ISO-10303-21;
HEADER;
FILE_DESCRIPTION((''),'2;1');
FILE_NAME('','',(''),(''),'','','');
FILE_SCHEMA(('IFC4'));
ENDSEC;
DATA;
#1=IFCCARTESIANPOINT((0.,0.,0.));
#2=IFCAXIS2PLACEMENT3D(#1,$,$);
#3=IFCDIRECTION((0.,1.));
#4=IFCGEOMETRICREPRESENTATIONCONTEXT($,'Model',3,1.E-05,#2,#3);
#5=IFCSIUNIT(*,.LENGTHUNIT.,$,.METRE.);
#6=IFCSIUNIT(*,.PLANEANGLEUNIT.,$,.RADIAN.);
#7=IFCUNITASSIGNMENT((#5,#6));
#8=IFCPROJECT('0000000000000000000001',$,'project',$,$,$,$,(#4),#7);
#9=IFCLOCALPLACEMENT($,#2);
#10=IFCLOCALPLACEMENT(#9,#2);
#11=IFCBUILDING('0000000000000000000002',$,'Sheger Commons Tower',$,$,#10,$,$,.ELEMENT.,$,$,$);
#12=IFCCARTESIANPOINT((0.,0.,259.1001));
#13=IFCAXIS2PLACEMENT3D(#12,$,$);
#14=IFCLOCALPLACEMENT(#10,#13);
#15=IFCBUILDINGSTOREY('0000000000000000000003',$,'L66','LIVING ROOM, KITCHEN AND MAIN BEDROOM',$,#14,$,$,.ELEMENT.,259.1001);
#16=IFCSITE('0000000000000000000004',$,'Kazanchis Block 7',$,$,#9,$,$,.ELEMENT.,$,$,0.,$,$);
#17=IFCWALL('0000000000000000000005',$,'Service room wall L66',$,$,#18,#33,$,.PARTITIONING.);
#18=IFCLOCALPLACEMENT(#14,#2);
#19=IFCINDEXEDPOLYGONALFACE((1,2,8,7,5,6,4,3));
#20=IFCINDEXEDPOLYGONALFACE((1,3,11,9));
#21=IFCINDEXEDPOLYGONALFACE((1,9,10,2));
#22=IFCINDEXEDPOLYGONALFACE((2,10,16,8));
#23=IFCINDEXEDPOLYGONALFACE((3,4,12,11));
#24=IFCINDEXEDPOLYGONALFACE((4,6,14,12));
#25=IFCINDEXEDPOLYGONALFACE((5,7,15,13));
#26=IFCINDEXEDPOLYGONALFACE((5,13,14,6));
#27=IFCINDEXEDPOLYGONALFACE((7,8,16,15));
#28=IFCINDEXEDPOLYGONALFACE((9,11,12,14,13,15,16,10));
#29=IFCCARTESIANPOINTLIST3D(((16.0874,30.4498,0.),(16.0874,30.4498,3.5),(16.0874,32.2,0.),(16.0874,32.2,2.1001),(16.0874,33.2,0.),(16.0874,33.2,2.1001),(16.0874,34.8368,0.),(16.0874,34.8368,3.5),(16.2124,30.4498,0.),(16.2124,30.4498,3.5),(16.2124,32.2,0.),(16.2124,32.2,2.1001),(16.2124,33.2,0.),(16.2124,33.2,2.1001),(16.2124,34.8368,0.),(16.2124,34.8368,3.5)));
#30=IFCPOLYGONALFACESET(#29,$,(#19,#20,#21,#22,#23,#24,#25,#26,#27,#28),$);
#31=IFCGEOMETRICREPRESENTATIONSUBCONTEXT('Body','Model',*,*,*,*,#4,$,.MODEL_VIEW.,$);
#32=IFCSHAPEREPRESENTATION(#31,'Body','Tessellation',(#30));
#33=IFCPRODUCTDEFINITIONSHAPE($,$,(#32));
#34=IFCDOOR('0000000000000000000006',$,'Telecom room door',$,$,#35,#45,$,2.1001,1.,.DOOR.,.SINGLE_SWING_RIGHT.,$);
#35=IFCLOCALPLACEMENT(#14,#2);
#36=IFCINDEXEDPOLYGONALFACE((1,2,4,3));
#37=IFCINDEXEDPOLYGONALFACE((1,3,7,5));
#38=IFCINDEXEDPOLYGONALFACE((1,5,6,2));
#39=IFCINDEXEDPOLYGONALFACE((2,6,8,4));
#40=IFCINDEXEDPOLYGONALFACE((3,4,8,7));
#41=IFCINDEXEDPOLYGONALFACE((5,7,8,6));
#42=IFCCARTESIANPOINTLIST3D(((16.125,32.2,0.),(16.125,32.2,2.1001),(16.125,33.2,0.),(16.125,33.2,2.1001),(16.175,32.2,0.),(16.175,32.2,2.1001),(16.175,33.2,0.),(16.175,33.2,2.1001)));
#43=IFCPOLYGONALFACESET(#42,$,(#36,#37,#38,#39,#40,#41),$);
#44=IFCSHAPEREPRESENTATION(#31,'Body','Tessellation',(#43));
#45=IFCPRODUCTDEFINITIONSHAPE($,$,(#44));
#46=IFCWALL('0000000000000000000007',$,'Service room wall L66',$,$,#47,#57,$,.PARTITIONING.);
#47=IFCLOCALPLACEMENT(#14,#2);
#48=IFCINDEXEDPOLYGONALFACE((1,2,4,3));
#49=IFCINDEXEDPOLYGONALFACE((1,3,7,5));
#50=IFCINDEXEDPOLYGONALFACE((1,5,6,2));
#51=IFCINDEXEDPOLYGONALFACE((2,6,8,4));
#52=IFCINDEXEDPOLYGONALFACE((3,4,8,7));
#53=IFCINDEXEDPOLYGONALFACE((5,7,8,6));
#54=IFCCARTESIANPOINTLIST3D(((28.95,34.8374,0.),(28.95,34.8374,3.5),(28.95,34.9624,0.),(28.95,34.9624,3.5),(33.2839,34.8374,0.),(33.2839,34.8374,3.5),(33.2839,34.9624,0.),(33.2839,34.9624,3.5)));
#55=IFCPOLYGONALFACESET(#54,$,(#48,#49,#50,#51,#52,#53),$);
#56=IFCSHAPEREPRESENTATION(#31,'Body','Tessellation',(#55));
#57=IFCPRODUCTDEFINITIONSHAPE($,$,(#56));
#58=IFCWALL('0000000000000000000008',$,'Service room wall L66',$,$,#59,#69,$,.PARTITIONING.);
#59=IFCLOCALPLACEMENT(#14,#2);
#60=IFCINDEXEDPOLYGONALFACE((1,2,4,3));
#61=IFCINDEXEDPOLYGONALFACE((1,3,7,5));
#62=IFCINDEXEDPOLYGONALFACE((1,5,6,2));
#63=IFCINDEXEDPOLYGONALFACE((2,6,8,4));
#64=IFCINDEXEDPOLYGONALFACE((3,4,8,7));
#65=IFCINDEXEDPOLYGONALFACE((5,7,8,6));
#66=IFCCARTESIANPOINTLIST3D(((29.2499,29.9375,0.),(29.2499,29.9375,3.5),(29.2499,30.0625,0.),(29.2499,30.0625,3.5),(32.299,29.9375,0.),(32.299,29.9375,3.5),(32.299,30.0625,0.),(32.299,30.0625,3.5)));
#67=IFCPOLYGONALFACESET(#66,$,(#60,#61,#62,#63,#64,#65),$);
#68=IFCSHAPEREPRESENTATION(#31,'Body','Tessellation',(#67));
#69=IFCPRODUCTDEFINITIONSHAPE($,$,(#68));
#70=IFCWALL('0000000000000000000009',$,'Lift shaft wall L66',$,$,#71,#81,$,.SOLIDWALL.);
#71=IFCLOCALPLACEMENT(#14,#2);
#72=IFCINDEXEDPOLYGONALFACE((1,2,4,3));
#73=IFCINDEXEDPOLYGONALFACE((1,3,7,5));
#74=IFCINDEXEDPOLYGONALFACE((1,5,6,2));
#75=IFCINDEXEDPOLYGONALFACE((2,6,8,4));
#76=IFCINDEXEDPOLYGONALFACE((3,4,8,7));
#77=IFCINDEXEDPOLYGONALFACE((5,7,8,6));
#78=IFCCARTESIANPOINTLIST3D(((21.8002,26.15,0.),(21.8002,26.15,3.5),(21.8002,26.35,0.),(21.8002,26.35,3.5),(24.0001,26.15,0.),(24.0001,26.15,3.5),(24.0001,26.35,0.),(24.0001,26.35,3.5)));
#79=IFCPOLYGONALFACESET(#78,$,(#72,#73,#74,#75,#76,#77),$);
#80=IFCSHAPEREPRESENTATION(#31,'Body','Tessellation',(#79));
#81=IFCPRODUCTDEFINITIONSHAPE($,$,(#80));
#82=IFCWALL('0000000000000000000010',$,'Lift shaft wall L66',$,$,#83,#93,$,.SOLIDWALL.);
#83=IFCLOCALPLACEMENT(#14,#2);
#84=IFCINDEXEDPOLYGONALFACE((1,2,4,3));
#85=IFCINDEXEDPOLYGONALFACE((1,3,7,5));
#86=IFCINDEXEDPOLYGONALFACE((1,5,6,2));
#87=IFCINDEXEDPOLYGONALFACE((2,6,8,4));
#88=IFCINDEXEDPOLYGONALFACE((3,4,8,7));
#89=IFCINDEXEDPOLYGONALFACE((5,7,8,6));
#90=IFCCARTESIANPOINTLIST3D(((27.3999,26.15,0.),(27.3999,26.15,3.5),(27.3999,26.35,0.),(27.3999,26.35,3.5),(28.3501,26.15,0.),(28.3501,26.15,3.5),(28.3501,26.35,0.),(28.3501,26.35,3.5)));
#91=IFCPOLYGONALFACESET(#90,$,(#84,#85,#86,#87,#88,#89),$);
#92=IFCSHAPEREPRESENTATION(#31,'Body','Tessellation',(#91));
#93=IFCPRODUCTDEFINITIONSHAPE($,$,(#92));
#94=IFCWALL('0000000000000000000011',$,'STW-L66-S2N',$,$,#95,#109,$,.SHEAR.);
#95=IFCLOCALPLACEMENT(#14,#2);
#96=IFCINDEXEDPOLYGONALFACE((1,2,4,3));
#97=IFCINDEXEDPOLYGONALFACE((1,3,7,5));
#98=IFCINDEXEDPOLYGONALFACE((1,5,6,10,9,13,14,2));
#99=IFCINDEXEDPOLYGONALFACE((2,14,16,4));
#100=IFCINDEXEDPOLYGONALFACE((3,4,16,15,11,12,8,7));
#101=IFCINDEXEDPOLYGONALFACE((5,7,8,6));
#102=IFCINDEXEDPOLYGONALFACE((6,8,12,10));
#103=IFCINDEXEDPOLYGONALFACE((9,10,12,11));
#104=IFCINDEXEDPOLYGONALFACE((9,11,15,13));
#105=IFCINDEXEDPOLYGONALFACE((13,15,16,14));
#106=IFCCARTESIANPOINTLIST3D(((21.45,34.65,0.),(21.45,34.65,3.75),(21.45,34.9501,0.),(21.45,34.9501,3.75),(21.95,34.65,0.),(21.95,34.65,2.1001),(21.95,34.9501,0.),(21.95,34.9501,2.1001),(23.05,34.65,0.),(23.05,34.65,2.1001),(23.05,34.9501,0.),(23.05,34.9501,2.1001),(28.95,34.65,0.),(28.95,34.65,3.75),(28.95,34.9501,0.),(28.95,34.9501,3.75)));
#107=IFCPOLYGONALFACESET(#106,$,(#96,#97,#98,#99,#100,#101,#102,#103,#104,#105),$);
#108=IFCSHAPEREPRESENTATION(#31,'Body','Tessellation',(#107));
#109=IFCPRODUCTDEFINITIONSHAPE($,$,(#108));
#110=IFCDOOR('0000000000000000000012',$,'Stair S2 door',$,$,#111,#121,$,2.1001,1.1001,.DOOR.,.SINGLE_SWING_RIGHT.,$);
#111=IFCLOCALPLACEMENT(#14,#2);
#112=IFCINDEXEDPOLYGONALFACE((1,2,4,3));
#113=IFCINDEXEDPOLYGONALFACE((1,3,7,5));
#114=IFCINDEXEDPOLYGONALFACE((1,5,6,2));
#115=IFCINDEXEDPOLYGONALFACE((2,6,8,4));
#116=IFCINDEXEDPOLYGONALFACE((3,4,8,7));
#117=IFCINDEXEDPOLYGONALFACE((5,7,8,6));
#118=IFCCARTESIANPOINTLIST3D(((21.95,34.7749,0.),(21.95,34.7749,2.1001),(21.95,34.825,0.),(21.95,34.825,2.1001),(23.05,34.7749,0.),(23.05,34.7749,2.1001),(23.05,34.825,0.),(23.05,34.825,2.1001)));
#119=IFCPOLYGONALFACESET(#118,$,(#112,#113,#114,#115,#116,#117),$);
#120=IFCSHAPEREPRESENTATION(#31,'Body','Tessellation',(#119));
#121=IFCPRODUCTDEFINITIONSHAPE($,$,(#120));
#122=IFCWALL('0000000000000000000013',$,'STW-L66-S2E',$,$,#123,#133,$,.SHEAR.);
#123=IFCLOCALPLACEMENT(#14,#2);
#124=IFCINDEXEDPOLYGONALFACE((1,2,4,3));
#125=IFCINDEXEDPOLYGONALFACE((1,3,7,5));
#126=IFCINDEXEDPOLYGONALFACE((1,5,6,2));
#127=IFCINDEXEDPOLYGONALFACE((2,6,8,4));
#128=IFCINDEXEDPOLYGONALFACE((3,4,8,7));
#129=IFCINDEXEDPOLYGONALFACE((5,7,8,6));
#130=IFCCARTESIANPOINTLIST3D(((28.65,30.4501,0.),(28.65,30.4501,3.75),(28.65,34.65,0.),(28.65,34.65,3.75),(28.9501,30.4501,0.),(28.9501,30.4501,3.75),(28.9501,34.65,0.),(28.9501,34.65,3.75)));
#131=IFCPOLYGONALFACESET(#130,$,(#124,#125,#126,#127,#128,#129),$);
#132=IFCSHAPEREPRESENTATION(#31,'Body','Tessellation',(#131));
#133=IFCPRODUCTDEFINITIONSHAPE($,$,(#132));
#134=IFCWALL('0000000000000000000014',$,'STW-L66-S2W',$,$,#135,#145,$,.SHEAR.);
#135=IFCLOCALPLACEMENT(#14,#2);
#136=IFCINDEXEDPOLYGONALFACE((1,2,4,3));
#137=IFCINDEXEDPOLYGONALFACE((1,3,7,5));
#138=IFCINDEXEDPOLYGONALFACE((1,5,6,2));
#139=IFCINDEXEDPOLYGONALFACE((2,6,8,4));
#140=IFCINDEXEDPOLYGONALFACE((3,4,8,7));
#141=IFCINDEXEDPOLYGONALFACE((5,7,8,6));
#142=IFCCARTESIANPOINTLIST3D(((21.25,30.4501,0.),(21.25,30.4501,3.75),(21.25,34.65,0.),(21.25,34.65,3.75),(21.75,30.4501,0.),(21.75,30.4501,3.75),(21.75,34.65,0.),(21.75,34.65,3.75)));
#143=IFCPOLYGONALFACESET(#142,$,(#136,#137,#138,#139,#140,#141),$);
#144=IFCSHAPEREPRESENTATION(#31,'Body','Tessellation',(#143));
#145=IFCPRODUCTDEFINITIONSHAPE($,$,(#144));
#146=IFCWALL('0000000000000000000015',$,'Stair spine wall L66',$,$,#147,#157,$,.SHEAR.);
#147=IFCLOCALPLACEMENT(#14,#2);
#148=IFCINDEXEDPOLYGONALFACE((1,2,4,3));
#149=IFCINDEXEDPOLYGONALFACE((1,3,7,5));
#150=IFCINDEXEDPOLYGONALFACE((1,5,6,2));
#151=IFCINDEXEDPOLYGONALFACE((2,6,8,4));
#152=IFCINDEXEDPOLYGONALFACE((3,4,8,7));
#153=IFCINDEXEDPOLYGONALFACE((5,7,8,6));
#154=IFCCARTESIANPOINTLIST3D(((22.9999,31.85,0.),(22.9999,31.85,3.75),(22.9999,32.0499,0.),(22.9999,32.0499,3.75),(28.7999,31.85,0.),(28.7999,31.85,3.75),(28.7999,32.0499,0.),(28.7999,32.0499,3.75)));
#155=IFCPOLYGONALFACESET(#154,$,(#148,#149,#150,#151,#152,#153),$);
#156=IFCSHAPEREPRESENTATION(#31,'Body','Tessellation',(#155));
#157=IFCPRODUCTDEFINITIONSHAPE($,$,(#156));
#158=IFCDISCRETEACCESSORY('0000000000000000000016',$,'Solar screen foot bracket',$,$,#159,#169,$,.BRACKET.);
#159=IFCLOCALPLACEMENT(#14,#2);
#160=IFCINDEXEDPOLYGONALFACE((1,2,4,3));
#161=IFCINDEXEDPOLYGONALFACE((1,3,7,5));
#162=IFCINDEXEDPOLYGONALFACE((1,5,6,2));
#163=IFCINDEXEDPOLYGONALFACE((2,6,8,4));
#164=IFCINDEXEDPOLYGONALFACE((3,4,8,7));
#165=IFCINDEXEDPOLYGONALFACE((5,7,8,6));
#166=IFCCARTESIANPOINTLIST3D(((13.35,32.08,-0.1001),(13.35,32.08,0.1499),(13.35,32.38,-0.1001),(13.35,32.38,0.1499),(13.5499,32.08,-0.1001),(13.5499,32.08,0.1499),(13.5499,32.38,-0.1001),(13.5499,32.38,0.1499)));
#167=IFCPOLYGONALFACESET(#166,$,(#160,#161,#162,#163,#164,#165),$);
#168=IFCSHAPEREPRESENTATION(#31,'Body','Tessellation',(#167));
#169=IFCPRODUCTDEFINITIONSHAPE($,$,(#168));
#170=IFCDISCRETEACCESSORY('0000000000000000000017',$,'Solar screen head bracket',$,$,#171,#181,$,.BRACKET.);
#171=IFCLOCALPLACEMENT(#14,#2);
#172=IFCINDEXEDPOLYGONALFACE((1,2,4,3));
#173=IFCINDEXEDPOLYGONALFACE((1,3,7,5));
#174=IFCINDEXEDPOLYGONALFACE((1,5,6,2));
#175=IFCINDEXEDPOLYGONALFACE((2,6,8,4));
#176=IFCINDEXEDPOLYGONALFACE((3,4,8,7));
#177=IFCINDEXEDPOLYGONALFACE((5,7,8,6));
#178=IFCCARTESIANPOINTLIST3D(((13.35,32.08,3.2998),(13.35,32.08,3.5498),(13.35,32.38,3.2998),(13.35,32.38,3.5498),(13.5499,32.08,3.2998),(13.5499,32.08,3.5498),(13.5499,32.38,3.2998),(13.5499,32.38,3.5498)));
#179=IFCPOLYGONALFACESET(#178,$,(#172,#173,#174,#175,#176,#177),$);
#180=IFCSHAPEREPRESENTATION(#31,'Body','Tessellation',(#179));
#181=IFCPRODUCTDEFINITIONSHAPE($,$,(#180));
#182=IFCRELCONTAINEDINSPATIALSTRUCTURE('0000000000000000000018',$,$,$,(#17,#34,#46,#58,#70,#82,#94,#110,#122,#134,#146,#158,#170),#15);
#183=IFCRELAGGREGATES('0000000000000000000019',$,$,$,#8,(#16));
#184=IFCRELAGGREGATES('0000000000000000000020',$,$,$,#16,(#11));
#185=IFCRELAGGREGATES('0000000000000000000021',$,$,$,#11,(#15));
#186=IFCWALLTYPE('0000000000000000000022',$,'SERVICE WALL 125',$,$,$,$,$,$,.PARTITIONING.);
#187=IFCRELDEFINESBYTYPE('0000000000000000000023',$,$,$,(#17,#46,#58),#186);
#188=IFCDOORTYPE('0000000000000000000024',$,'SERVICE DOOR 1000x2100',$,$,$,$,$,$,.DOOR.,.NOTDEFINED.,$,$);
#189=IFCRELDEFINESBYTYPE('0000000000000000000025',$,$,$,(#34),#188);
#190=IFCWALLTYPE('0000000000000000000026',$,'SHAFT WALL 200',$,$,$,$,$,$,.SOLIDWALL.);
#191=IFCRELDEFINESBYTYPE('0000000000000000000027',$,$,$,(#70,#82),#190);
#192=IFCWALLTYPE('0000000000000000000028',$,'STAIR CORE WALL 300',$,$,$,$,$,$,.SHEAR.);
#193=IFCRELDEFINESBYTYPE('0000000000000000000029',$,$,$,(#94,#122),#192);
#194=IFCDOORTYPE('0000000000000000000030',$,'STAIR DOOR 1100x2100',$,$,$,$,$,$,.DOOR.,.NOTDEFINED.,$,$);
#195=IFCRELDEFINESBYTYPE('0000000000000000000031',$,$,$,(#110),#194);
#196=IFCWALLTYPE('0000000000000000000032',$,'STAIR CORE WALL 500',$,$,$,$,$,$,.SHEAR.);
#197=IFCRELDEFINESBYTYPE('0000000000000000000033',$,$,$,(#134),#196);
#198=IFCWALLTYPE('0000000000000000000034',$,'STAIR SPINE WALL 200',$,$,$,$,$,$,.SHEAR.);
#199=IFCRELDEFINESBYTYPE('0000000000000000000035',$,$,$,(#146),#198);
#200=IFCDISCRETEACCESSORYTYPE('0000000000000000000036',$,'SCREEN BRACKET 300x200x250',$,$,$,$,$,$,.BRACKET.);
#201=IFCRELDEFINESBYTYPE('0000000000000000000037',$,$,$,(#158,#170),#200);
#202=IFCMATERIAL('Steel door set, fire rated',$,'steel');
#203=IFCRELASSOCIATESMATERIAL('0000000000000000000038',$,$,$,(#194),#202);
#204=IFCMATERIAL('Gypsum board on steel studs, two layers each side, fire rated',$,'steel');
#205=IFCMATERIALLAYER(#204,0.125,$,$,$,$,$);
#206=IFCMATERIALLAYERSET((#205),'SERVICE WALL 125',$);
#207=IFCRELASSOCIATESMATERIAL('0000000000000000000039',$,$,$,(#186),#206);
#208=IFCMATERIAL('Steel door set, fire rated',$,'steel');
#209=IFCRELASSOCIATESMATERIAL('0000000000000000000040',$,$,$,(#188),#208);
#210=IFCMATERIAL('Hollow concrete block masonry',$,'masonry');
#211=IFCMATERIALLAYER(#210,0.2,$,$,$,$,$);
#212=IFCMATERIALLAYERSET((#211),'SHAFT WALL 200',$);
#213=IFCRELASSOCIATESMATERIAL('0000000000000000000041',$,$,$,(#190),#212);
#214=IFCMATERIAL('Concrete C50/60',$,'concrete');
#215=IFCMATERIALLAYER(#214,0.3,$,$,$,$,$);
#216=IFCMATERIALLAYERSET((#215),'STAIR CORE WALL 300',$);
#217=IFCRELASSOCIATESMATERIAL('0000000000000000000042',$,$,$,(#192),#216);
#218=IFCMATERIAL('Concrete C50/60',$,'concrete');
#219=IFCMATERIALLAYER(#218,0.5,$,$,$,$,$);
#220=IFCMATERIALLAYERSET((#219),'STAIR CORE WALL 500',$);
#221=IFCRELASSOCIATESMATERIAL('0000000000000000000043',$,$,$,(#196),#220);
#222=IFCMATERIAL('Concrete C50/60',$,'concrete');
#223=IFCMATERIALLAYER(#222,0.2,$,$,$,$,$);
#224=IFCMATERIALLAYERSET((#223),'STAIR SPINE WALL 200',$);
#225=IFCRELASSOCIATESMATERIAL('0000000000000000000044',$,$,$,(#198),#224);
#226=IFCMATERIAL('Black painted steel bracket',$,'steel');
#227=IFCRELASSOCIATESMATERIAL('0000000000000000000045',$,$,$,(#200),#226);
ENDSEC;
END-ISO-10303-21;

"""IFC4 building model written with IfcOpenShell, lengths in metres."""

from ifc_helpers import new_model, si_unit, direction, frame, frame_2d, origin, origin_2d, place, context, subcontext, project, spatial, rectangle, extrude, material, layer, layer_set, type_object, element, fill, save


model = new_model("IFC4")

# Units and contexts
model_context = context("Model", 3, precision=1e-05, world=origin(), true_north=direction((0.0, 1.0)))
body_context = subcontext(model_context, "Body", "Model", "MODEL_VIEW")
ifc_project = project(units=[si_unit("LENGTHUNIT", "METRE"), si_unit("PLANEANGLEUNIT", "RADIAN")], contexts=[model_context])

# Site, building, storey
site_placement = place(None, origin())
site = spatial("IfcSite", under=ifc_project, at=site_placement, Name="Kazanchis Block 7", CompositionType="ELEMENT", RefElevation=0.0)
building_placement = place(site_placement, origin())
building = spatial("IfcBuilding", under=site, at=building_placement, Name="Sheger Commons Tower", CompositionType="ELEMENT")
storey_placement = place(building_placement, frame((0.0, 0.0, 259.1001)))
storey = spatial("IfcBuildingStorey", under=building, at=storey_placement, Name="L66", Description="LIVING ROOM, KITCHEN AND MAIN BEDROOM", CompositionType="ELEMENT", Elevation=259.1001)

# Shared definitions
ifc_material_1 = material(Name="Steel door set, fire rated", Category="steel")
door_type_1 = type_object("IfcDoorType", Name="STAIR DOOR 1100x2100", OperationType="NOTDEFINED", PredefinedType="DOOR", material=ifc_material_1)

# Wall, opening, door
ifc_material_2 = material(Name="Gypsum board on steel studs, two layers each side, fire rated", Category="steel")
ifc_layer_1 = layer(ifc_material_2, 0.125)
ifc_layer_set_1 = layer_set([ifc_layer_1], Name="SERVICE WALL 125")
wall_type_1 = type_object("IfcWallType", Name="SERVICE WALL 125", PredefinedType="PARTITIONING", material=ifc_layer_set_1)
wall_1_placement = place(storey_placement, frame((16.1499, 30.45, 0.0), z_axis=(0.0, 0.0, 1.0), x_axis=(0.0, 1.0, 0.0)))
wall_1 = element("IfcWall", 1, at=wall_1_placement, inside=storey, type_object=wall_type_1, Name="Service room wall L66", PredefinedType="PARTITIONING", context=body_context, shape_type="SweptSolid", body=[
    extrude(rectangle(XDim=4.387, YDim=0.125, at=frame_2d((2.1934, 0.0))), origin(), (0.0, 0.0, 1.0), 3.5),
])
opening_1_placement = place(wall_1_placement, frame((1.75, 0.0, 0.0)))
opening_1 = element("IfcOpeningElement", 2, at=opening_1_placement, cuts=wall_1, PredefinedType="OPENING", context=body_context, shape_type="SweptSolid", body=[
    extrude(rectangle(XDim=1.0, YDim=2.1001, at=frame_2d((0.5, 1.05))), frame((0.0, 0.0725, 0.0), z_axis=(0.0, -1.0, 0.0), x_axis=(1.0, 0.0, 0.0)), (0.0, 0.0, 1.0), 0.145),
])
ifc_material_3 = material(Name="Steel door set, fire rated", Category="steel")
door_type_2 = type_object("IfcDoorType", Name="SERVICE DOOR 1000x2100", OperationType="NOTDEFINED", PredefinedType="DOOR", material=ifc_material_3)
door_1_placement = place(opening_1_placement, origin())
door_1 = element("IfcDoor", 3, at=door_1_placement, inside=storey, type_object=door_type_2, Name="Telecom room door", OperationType="SINGLE_SWING_RIGHT", OverallHeight=2.1001, OverallWidth=1.0, PredefinedType="DOOR", context=body_context, shape_type="SweptSolid", body=[
    extrude(rectangle(XDim=1.0, YDim=2.1001, at=frame_2d((0.5, 1.05))), frame((0.0, 0.0249, 0.0), z_axis=(0.0, -1.0, 0.0), x_axis=(1.0, 0.0, 0.0)), (0.0, 0.0, 1.0), 0.05),
])
fill(opening_1, door_1)

# Walls
wall_2_placement = place(storey_placement, frame((28.95, 34.8999, 0.0), z_axis=(0.0, 0.0, 1.0), x_axis=(1.0, 0.0, 0.0)))
element("IfcWall", 4, at=wall_2_placement, inside=storey, type_object=wall_type_1, Name="Service room wall L66", PredefinedType="PARTITIONING", context=body_context, shape_type="SweptSolid", body=[
    extrude(rectangle(XDim=4.334, YDim=0.125, at=frame_2d((2.167, 0.0))), origin(), (0.0, 0.0, 1.0), 3.5),
])
wall_3_placement = place(storey_placement, frame((29.25, 30.0, 0.0), z_axis=(0.0, 0.0, 1.0), x_axis=(1.0, 0.0, 0.0)))
element("IfcWall", 5, at=wall_3_placement, inside=storey, type_object=wall_type_1, Name="Service room wall L66", PredefinedType="PARTITIONING", context=body_context, shape_type="SweptSolid", body=[
    extrude(rectangle(XDim=3.0491, YDim=0.125, at=frame_2d((1.5244, 0.0))), origin(), (0.0, 0.0, 1.0), 3.5),
])
ifc_material_4 = material(Name="Hollow concrete block masonry", Category="masonry")
ifc_layer_2 = layer(ifc_material_4, 0.2)
ifc_layer_set_2 = layer_set([ifc_layer_2], Name="SHAFT WALL 200")
wall_type_2 = type_object("IfcWallType", Name="SHAFT WALL 200", PredefinedType="SOLIDWALL", material=ifc_layer_set_2)
wall_4_placement = place(storey_placement, frame((21.8, 26.25, 0.0), z_axis=(0.0, 0.0, 1.0), x_axis=(1.0, 0.0, 0.0)))
element("IfcWall", 6, at=wall_4_placement, inside=storey, type_object=wall_type_2, Name="Lift shaft wall L66", PredefinedType="SOLIDWALL", context=body_context, shape_type="SweptSolid", body=[
    extrude(rectangle(XDim=2.2, YDim=0.2, at=frame_2d((1.1001, 0.0))), origin(), (0.0, 0.0, 1.0), 3.5),
])
wall_5_placement = place(storey_placement, frame((27.3999, 26.25, 0.0), z_axis=(0.0, 0.0, 1.0), x_axis=(1.0, 0.0, 0.0)))
element("IfcWall", 7, at=wall_5_placement, inside=storey, type_object=wall_type_2, Name="Lift shaft wall L66", PredefinedType="SOLIDWALL", context=body_context, shape_type="SweptSolid", body=[
    extrude(rectangle(XDim=0.9502, YDim=0.2, at=frame_2d((0.4751, 0.0))), origin(), (0.0, 0.0, 1.0), 3.5),
])

# Wall, opening, door
ifc_material_5 = material(Name="Concrete C50/60", Category="concrete")
ifc_layer_3 = layer(ifc_material_5, 0.3)
ifc_layer_set_3 = layer_set([ifc_layer_3], Name="STAIR CORE WALL 300")
wall_type_3 = type_object("IfcWallType", Name="STAIR CORE WALL 300", PredefinedType="SHEAR", material=ifc_layer_set_3)
wall_6_placement = place(storey_placement, frame((21.45, 34.8, 0.0), z_axis=(0.0, 0.0, 1.0), x_axis=(1.0, 0.0, 0.0)))
wall_6 = element("IfcWall", 8, at=wall_6_placement, inside=storey, type_object=wall_type_3, Name="STW-L66-S2N", PredefinedType="SHEAR", context=body_context, shape_type="SweptSolid", body=[
    extrude(rectangle(XDim=7.5, YDim=0.3, at=frame_2d((3.75, 0.0))), origin(), (0.0, 0.0, 1.0), 3.75),
])
opening_2_placement = place(wall_6_placement, frame((0.5, 0.0, 0.0)))
opening_2 = element("IfcOpeningElement", 9, at=opening_2_placement, cuts=wall_6, PredefinedType="OPENING", context=body_context, shape_type="SweptSolid", body=[
    extrude(rectangle(XDim=1.1001, YDim=2.1001, at=frame_2d((0.55, 1.05))), frame((0.0, 0.1599, 0.0), z_axis=(0.0, -1.0, 0.0), x_axis=(1.0, 0.0, 0.0)), (0.0, 0.0, 1.0), 0.3201),
])
door_2_placement = place(opening_2_placement, origin())
door_2 = element("IfcDoor", 10, at=door_2_placement, inside=storey, type_object=door_type_1, Name="Stair S2 door", OperationType="SINGLE_SWING_RIGHT", OverallHeight=2.1001, OverallWidth=1.1001, PredefinedType="DOOR", context=body_context, shape_type="SweptSolid", body=[
    extrude(rectangle(XDim=1.1001, YDim=2.1001, at=frame_2d((0.55, 1.05))), frame((0.0, 0.0249, 0.0), z_axis=(0.0, -1.0, 0.0), x_axis=(1.0, 0.0, 0.0)), (0.0, 0.0, 1.0), 0.05),
])
fill(opening_2, door_2)

# Walls
wall_7_placement = place(storey_placement, frame((28.8, 30.45, 0.0), z_axis=(0.0, 0.0, 1.0), x_axis=(0.0, 1.0, 0.0)))
element("IfcWall", 11, at=wall_7_placement, inside=storey, type_object=wall_type_3, Name="STW-L66-S2E", PredefinedType="SHEAR", context=body_context, shape_type="SweptSolid", body=[
    extrude(rectangle(XDim=4.2, YDim=0.3, at=frame_2d((2.1001, 0.0))), origin(), (0.0, 0.0, 1.0), 3.75),
])
ifc_material_6 = material(Name="Concrete C50/60", Category="concrete")
ifc_layer_4 = layer(ifc_material_6, 0.5)
ifc_layer_set_4 = layer_set([ifc_layer_4], Name="STAIR CORE WALL 500")
wall_type_4 = type_object("IfcWallType", Name="STAIR CORE WALL 500", PredefinedType="SHEAR", material=ifc_layer_set_4)
wall_8_placement = place(storey_placement, frame((21.5, 30.45, 0.0), z_axis=(0.0, 0.0, 1.0), x_axis=(0.0, 1.0, 0.0)))
element("IfcWall", 12, at=wall_8_placement, inside=storey, type_object=wall_type_4, Name="STW-L66-S2W", PredefinedType="SHEAR", context=body_context, shape_type="SweptSolid", body=[
    extrude(rectangle(XDim=4.2, YDim=0.5, at=frame_2d((2.1001, 0.0))), origin(), (0.0, 0.0, 1.0), 3.75),
])
ifc_material_7 = material(Name="Concrete C50/60", Category="concrete")
ifc_layer_5 = layer(ifc_material_7, 0.2)
ifc_layer_set_5 = layer_set([ifc_layer_5], Name="STAIR SPINE WALL 200")
wall_type_5 = type_object("IfcWallType", Name="STAIR SPINE WALL 200", PredefinedType="SHEAR", material=ifc_layer_set_5)
wall_9_placement = place(storey_placement, frame((23.0, 31.95, 0.0), z_axis=(0.0, 0.0, 1.0), x_axis=(1.0, 0.0, 0.0)))
element("IfcWall", 13, at=wall_9_placement, inside=storey, type_object=wall_type_5, Name="Stair spine wall L66", PredefinedType="SHEAR", context=body_context, shape_type="SweptSolid", body=[
    extrude(rectangle(XDim=5.8, YDim=0.2, at=frame_2d((2.8999, 0.0))), origin(), (0.0, 0.0, 1.0), 3.75),
])

# Discrete accessories
ifc_material_8 = material(Name="Black painted steel bracket", Category="steel")
discrete_accessory_type = type_object("IfcDiscreteAccessoryType", Name="SCREEN BRACKET 300x200x250", PredefinedType="BRACKET", material=ifc_material_8)
for number, where, z_axis, x_axis, name in (
    (14, (13.45, 32.23, -0.1001), (0.0, 0.0, 1.0), (0.0, -1.0, 0.0), "Solar screen foot bracket"),
    (15, (13.45, 32.23, 3.2998), (0.0, 0.0, 1.0), (0.0, -1.0, 0.0), "Solar screen head bracket"),
):
    element("IfcDiscreteAccessory", number, at=place(storey_placement, frame(where, z_axis=z_axis, x_axis=x_axis)), inside=storey, type_object=discrete_accessory_type, Name=name, PredefinedType="BRACKET", context=body_context, shape_type="SweptSolid", body=[
        extrude(rectangle(XDim=0.3, YDim=0.2, at=origin_2d()), origin(), (0.0, 0.0, 1.0), 0.25),
    ])

save(model, "model.ifc")
